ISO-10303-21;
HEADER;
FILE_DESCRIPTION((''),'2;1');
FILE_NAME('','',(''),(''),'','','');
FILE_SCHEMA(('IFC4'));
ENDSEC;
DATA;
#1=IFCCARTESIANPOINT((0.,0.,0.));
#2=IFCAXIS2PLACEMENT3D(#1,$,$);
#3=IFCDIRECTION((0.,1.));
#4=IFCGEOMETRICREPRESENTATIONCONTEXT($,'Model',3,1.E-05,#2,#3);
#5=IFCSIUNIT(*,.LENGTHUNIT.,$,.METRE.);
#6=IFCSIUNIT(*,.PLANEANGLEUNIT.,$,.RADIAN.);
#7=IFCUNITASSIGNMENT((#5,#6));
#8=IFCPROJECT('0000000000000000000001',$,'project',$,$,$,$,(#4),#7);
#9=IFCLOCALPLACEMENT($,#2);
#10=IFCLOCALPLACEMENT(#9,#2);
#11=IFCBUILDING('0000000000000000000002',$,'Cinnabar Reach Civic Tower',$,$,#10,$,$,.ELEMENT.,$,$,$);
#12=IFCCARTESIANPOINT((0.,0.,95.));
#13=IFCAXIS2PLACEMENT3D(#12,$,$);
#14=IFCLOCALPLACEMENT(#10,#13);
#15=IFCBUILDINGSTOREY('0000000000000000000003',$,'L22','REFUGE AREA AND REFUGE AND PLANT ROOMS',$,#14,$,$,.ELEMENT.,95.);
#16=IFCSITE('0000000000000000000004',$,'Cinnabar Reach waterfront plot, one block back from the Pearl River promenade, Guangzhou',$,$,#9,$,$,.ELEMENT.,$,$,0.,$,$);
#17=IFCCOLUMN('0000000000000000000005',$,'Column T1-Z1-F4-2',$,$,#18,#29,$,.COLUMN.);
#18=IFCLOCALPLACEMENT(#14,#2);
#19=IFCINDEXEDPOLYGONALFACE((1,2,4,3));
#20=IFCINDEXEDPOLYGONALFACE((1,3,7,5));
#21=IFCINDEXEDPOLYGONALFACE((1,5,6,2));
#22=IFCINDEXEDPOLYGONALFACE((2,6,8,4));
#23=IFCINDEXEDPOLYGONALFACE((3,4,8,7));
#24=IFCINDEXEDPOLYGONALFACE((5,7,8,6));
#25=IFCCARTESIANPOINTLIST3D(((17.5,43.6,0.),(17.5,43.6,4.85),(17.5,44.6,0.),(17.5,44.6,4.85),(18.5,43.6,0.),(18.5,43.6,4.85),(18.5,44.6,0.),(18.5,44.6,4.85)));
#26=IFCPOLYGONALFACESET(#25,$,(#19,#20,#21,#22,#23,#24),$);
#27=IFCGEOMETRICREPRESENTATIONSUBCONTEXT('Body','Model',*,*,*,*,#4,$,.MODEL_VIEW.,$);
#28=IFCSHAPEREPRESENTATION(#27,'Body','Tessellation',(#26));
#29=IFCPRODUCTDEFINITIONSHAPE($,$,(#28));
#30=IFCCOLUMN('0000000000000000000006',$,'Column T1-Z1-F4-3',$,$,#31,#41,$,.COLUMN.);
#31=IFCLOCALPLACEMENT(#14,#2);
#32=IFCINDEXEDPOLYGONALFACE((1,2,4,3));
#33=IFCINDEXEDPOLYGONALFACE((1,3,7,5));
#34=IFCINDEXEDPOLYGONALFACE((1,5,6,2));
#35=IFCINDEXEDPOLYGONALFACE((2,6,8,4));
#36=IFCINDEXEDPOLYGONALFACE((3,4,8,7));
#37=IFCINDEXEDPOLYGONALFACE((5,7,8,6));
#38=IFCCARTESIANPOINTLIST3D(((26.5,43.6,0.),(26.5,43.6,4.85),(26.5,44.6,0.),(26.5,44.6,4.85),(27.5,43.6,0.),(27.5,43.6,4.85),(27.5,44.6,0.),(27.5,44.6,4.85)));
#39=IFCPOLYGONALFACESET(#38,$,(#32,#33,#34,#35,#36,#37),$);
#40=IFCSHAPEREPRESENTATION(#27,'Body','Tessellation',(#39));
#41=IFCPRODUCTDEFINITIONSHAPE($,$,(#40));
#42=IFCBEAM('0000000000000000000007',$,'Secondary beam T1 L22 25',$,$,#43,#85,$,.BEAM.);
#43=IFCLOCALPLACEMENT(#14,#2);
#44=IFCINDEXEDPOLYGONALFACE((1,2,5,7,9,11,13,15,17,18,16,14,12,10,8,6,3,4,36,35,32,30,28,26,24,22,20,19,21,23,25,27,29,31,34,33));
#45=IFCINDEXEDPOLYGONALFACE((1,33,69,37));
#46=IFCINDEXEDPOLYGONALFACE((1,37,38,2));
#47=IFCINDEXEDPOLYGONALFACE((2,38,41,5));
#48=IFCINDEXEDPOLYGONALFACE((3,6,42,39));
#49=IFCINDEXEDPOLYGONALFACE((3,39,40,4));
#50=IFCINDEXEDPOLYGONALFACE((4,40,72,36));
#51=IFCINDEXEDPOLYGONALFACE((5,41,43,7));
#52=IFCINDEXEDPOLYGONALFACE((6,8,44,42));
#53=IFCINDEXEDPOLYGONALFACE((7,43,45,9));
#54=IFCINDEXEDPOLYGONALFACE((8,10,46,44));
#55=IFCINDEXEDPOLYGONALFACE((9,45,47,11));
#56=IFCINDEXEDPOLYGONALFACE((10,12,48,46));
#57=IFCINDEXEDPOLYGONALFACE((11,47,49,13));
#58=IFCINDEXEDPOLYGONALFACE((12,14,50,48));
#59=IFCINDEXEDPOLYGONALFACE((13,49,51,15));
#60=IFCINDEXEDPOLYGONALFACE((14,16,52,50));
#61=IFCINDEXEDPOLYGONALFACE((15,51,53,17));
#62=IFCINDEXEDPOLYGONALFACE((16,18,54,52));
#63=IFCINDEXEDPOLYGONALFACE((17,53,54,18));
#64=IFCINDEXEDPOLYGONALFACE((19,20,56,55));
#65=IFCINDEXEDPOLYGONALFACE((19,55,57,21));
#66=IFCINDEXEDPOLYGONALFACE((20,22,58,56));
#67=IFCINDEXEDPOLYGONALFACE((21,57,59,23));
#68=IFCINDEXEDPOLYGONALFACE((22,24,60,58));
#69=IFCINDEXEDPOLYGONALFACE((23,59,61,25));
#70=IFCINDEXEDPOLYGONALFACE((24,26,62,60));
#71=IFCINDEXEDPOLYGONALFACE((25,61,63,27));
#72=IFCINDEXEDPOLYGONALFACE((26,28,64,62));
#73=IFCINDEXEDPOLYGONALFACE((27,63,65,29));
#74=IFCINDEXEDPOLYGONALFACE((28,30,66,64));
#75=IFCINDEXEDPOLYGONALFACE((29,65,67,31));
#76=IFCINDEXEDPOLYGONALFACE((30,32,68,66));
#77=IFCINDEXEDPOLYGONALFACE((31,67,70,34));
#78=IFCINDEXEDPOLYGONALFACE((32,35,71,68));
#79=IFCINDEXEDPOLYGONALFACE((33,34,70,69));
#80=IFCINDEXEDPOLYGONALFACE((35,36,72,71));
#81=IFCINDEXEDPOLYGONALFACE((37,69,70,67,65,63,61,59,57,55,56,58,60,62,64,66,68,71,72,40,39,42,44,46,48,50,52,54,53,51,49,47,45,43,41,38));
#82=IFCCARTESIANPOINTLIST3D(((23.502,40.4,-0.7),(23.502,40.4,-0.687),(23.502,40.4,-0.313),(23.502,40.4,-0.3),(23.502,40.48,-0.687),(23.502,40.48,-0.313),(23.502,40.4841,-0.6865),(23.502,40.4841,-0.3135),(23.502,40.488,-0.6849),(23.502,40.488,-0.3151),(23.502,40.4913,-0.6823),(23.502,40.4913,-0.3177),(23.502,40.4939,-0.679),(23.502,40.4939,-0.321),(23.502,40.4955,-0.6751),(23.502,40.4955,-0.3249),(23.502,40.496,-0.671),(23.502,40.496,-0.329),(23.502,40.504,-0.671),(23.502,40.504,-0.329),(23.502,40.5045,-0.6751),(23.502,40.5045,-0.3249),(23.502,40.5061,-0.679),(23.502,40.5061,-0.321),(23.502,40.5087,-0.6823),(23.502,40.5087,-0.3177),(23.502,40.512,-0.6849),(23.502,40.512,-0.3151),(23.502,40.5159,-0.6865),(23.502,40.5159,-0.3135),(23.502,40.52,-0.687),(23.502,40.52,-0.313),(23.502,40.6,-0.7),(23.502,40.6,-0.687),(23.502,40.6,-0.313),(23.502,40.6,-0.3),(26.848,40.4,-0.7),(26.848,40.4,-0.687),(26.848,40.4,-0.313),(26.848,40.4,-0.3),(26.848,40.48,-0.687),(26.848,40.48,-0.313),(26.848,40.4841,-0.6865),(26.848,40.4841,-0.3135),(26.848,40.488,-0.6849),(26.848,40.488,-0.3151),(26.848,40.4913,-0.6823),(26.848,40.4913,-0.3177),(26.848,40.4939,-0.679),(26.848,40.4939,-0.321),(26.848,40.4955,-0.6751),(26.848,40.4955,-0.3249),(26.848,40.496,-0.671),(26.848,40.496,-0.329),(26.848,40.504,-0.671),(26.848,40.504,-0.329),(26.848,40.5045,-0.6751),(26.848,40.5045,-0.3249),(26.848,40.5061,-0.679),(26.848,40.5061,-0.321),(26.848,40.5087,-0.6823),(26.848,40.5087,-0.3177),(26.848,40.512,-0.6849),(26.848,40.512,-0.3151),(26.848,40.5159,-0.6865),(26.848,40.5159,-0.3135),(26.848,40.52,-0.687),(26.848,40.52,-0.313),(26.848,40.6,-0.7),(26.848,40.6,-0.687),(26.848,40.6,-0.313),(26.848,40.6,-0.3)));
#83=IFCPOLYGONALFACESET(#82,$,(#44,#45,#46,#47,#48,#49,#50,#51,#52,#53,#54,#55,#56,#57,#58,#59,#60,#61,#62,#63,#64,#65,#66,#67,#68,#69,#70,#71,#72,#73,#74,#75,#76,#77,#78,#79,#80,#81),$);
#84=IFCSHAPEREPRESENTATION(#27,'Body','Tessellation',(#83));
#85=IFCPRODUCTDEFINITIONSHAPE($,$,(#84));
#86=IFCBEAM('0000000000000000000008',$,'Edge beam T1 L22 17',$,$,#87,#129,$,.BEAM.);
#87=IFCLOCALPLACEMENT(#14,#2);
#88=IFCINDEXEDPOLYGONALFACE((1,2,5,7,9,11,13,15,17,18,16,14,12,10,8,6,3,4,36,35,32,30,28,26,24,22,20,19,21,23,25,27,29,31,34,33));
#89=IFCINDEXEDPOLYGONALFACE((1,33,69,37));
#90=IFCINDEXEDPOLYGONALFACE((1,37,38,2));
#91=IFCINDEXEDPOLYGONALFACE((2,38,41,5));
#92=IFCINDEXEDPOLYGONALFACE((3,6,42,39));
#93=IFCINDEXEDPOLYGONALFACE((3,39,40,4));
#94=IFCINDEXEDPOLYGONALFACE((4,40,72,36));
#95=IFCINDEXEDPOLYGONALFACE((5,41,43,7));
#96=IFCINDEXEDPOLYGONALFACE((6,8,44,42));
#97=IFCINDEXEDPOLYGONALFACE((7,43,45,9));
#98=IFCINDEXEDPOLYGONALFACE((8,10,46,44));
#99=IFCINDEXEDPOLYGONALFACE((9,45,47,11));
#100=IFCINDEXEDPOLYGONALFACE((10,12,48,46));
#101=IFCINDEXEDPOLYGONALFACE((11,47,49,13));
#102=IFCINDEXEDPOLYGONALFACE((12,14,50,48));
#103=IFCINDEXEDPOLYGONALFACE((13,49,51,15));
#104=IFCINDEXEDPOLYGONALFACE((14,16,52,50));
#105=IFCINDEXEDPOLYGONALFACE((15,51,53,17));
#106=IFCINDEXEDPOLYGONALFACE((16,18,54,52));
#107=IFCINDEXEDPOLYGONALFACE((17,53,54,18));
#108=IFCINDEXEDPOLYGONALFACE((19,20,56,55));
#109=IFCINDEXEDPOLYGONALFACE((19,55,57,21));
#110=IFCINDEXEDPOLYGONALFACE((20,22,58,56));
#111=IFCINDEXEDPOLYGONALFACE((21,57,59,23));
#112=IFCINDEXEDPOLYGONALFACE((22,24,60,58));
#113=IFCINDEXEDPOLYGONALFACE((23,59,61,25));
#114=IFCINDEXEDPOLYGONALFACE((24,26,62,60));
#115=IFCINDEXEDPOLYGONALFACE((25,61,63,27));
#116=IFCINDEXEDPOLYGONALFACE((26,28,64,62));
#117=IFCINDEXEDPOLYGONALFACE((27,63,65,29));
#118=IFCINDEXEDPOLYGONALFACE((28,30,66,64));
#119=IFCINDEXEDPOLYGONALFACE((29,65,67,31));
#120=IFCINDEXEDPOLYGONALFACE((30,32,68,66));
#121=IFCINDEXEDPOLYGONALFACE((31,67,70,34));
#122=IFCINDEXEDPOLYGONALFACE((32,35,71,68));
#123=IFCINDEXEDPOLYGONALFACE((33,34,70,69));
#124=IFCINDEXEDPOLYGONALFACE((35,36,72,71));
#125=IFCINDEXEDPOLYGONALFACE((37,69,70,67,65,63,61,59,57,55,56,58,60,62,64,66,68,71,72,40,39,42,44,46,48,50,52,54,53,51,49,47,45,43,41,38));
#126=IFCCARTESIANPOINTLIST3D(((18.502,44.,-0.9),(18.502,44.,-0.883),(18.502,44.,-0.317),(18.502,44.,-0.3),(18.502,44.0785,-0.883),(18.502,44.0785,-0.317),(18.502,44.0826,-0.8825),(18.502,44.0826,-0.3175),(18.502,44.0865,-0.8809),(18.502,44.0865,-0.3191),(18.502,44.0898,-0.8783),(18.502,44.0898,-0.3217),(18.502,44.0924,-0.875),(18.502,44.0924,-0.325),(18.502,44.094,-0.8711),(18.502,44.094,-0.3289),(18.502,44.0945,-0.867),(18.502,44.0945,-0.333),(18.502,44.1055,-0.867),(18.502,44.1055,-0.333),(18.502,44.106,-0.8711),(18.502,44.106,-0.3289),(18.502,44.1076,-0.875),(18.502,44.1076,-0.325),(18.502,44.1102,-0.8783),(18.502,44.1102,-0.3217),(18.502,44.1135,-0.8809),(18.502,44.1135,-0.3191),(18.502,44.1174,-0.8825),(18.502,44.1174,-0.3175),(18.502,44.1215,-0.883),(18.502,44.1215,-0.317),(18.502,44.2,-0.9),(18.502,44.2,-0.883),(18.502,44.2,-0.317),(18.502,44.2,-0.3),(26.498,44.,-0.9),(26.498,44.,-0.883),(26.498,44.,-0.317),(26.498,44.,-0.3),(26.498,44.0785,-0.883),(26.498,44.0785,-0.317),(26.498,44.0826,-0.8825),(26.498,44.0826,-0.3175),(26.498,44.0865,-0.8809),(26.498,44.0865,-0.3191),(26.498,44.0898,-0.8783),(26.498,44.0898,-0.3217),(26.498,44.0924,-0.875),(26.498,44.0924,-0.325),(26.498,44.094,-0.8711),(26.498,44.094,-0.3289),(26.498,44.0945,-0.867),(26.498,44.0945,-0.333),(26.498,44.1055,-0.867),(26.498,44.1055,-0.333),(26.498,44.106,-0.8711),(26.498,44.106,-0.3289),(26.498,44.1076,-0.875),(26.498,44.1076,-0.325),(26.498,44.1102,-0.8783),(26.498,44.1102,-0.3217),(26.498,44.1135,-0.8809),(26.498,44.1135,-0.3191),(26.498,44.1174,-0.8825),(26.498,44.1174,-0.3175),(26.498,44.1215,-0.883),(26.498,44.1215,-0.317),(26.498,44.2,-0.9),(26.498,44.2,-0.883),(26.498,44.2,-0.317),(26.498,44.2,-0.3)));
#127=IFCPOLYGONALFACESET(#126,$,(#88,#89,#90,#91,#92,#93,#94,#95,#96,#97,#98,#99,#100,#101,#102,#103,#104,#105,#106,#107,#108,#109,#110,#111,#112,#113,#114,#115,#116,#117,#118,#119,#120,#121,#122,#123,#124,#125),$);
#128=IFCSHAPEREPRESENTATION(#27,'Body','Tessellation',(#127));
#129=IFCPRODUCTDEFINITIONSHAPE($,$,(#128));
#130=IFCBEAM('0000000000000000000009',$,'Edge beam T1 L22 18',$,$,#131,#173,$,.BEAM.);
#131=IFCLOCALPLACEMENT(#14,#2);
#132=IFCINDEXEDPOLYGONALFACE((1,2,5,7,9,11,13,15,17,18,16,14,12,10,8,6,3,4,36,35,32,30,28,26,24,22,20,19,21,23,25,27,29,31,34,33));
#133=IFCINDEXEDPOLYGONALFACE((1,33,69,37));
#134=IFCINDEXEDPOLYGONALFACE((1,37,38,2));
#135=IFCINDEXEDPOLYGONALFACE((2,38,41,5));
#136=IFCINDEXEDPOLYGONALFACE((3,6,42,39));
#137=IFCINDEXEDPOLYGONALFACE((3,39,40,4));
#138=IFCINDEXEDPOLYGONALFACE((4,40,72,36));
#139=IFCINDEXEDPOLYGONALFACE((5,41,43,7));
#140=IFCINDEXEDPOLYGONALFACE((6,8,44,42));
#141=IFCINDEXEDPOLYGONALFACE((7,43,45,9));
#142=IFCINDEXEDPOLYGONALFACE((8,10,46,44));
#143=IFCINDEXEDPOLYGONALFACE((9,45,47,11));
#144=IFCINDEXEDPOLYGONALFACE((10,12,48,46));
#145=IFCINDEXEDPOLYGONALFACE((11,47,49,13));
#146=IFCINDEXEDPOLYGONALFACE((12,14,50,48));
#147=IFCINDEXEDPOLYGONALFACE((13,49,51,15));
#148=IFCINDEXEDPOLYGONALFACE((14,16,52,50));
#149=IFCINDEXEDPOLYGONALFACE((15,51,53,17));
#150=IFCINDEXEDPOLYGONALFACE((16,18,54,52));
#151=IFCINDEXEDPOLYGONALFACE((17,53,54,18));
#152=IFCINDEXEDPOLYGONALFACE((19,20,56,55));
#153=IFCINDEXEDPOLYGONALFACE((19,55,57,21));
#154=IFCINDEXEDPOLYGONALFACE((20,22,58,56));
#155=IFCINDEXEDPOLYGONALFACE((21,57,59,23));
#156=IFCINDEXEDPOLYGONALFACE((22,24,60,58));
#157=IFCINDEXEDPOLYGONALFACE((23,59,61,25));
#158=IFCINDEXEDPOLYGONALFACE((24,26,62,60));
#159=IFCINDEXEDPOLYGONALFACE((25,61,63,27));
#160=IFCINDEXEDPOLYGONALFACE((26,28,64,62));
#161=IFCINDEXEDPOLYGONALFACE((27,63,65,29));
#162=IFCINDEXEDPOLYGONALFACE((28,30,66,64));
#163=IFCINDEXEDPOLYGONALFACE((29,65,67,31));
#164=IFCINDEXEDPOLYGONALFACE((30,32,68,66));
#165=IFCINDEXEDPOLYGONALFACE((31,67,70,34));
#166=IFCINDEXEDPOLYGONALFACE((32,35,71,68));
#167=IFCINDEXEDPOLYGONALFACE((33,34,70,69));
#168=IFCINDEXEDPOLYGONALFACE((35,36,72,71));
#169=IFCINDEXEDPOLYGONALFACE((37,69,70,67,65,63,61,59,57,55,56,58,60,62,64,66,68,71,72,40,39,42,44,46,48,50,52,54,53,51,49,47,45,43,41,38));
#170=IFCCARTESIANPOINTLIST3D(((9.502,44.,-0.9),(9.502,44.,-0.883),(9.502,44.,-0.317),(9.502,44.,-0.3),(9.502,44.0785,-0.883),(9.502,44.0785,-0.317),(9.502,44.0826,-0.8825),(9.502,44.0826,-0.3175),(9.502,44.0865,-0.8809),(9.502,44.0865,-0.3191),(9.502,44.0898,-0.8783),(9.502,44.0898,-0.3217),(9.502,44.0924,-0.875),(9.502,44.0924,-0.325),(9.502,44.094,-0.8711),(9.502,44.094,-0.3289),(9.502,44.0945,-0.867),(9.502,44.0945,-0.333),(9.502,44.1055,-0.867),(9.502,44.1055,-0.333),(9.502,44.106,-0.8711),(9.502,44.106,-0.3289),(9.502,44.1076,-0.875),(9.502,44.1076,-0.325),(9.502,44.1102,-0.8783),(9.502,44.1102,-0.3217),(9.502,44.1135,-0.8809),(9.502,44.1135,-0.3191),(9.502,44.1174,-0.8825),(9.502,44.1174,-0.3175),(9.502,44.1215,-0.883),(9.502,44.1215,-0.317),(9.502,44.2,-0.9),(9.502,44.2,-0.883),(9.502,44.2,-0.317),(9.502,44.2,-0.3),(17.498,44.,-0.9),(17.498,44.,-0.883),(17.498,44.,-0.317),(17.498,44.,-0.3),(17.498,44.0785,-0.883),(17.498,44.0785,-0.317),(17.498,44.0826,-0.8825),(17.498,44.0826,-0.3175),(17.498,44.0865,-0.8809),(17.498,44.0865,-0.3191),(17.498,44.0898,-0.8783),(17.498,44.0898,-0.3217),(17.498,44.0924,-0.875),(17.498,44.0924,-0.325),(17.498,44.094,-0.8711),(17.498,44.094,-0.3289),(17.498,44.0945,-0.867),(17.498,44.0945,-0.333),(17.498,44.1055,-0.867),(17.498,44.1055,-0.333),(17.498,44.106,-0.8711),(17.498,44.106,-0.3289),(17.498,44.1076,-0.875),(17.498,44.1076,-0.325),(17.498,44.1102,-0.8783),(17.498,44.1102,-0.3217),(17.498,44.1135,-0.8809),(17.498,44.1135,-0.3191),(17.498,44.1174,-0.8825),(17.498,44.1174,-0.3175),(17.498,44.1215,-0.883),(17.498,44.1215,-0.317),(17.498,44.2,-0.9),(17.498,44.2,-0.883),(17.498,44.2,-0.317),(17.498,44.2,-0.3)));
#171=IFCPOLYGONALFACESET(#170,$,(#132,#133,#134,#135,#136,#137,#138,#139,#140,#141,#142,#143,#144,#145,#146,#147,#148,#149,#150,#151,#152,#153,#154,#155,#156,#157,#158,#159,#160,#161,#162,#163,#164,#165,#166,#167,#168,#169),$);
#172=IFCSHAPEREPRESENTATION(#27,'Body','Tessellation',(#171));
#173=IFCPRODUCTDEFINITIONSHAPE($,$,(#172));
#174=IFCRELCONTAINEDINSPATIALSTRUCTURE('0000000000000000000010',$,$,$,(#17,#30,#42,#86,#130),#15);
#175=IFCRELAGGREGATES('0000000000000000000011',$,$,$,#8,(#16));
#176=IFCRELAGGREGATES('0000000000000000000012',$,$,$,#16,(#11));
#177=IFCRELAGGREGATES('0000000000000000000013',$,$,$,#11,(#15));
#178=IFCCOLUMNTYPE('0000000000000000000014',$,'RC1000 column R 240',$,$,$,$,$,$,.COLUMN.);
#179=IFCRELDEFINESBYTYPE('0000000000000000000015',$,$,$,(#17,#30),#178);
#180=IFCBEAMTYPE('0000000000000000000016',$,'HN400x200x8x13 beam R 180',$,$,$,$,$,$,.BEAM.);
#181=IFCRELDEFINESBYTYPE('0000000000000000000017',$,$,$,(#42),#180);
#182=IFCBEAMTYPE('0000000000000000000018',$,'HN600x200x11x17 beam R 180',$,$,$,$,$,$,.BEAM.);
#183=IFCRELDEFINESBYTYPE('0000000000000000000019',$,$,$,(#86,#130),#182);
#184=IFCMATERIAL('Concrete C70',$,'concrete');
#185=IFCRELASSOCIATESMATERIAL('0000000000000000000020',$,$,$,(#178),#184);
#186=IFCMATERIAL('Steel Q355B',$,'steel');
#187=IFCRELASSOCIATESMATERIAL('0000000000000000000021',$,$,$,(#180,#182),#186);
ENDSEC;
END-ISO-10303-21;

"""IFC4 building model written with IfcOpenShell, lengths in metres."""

from ifc_helpers import new_model, si_unit, direction, frame, origin, origin_2d, place, context, subcontext, project, spatial, rectangle, i_section, extrude, material, material_profile, profile_set, type_object, element, save


model = new_model("IFC4")

# Units and contexts
model_context = context("Model", 3, precision=1e-05, world=origin(), true_north=direction((0.0, 1.0)))
body_context = subcontext(model_context, "Body", "Model", "MODEL_VIEW")
ifc_project = project(units=[si_unit("LENGTHUNIT", "METRE"), si_unit("PLANEANGLEUNIT", "RADIAN")], contexts=[model_context])

# Site, building, storey
site_placement = place(None, origin())
site = spatial("IfcSite", under=ifc_project, at=site_placement, Name="Cinnabar Reach waterfront plot, one block back from the Pearl River promenade, Guangzhou", CompositionType="ELEMENT", RefElevation=0.0)
building_placement = place(site_placement, origin())
building = spatial("IfcBuilding", under=site, at=building_placement, Name="Cinnabar Reach Civic Tower", CompositionType="ELEMENT")
storey_placement = place(building_placement, frame((0.0, 0.0, 95.0)))
storey = spatial("IfcBuildingStorey", under=building, at=storey_placement, Name="L22", Description="REFUGE AREA AND REFUGE AND PLANT ROOMS", CompositionType="ELEMENT", Elevation=95.0)

# Columns
ifc_material_1 = material(Name="Concrete C70", Category="concrete")
ifc_material_profile_1 = material_profile(ifc_material_1, rectangle(XDim=1.0, YDim=1.0, at=origin_2d()), Name="RC1000")
ifc_profile_set_1 = profile_set([ifc_material_profile_1], Name="Concrete C70")
column_type = type_object("IfcColumnType", Name="RC1000 column R 240", PredefinedType="COLUMN", material=ifc_profile_set_1)
for number, where, z_axis, x_axis, name in (
    (1, (18.0, 44.1, 0.0), (0.0, 0.0, 1.0), (1.0, 0.0, 0.0), "Column T1-Z1-F4-2"),
    (2, (27.0, 44.1, 0.0), (0.0, 0.0, 1.0), (1.0, 0.0, 0.0), "Column T1-Z1-F4-3"),
):
    element("IfcColumn", number, at=place(storey_placement, frame(where, z_axis=z_axis, x_axis=x_axis)), inside=storey, type_object=column_type, Name=name, PredefinedType="COLUMN", context=body_context, shape_type="SweptSolid", body=[
        extrude(rectangle(XDim=1.0, YDim=1.0, at=origin_2d()), origin(), (0.0, 0.0, 1.0), 4.85),
    ])

# Beams
ifc_material_2 = material(Name="Steel Q355B", Category="steel")
ifc_material_profile_2 = material_profile(ifc_material_2, i_section(OverallWidth=0.2, OverallDepth=0.4, WebThickness=0.008, FlangeThickness=0.013, FilletRadius=0.016, at=origin_2d()), Name="HN400x200x8x13")
ifc_profile_set_2 = profile_set([ifc_material_profile_2], Name="Steel Q355B")
beam_type_1 = type_object("IfcBeamType", Name="HN400x200x8x13 beam R 180", PredefinedType="BEAM", material=ifc_profile_set_2)
beam_1_placement = place(storey_placement, frame((23.502, 40.5, -0.5), z_axis=(1.0, 0.0, 0.0), x_axis=(0.0, 1.0, 0.0)))
element("IfcBeam", 3, at=beam_1_placement, inside=storey, type_object=beam_type_1, Name="Secondary beam T1 L22 25", PredefinedType="BEAM", context=body_context, shape_type="SweptSolid", body=[
    extrude(i_section(OverallWidth=0.2, OverallDepth=0.4, WebThickness=0.008, FlangeThickness=0.013, FilletRadius=0.016, at=origin_2d()), origin(), (0.0, 0.0, 1.0), 3.346),
])
ifc_material_profile_3 = material_profile(ifc_material_2, i_section(OverallWidth=0.2, OverallDepth=0.6, WebThickness=0.011, FlangeThickness=0.017, FilletRadius=0.016, at=origin_2d()), Name="HN600x200x11x17")
ifc_profile_set_3 = profile_set([ifc_material_profile_3], Name="Steel Q355B")
beam_type_2 = type_object("IfcBeamType", Name="HN600x200x11x17 beam R 180", PredefinedType="BEAM", material=ifc_profile_set_3)
for number, where, z_axis, x_axis, name in (
    (4, (26.498, 44.1, -0.6), (-1.0, 0.0, 0.0), (0.0, -1.0, 0.0), "Edge beam T1 L22 17"),
    (5, (17.498, 44.1, -0.6), (-1.0, 0.0, 0.0), (0.0, -1.0, 0.0), "Edge beam T1 L22 18"),
):
    element("IfcBeam", number, at=place(storey_placement, frame(where, z_axis=z_axis, x_axis=x_axis)), inside=storey, type_object=beam_type_2, Name=name, PredefinedType="BEAM", context=body_context, shape_type="SweptSolid", body=[
        extrude(i_section(OverallWidth=0.2, OverallDepth=0.6, WebThickness=0.011, FlangeThickness=0.017, FilletRadius=0.016, at=origin_2d()), origin(), (0.0, 0.0, 1.0), 7.996),
    ])

save(model, "model.ifc")
